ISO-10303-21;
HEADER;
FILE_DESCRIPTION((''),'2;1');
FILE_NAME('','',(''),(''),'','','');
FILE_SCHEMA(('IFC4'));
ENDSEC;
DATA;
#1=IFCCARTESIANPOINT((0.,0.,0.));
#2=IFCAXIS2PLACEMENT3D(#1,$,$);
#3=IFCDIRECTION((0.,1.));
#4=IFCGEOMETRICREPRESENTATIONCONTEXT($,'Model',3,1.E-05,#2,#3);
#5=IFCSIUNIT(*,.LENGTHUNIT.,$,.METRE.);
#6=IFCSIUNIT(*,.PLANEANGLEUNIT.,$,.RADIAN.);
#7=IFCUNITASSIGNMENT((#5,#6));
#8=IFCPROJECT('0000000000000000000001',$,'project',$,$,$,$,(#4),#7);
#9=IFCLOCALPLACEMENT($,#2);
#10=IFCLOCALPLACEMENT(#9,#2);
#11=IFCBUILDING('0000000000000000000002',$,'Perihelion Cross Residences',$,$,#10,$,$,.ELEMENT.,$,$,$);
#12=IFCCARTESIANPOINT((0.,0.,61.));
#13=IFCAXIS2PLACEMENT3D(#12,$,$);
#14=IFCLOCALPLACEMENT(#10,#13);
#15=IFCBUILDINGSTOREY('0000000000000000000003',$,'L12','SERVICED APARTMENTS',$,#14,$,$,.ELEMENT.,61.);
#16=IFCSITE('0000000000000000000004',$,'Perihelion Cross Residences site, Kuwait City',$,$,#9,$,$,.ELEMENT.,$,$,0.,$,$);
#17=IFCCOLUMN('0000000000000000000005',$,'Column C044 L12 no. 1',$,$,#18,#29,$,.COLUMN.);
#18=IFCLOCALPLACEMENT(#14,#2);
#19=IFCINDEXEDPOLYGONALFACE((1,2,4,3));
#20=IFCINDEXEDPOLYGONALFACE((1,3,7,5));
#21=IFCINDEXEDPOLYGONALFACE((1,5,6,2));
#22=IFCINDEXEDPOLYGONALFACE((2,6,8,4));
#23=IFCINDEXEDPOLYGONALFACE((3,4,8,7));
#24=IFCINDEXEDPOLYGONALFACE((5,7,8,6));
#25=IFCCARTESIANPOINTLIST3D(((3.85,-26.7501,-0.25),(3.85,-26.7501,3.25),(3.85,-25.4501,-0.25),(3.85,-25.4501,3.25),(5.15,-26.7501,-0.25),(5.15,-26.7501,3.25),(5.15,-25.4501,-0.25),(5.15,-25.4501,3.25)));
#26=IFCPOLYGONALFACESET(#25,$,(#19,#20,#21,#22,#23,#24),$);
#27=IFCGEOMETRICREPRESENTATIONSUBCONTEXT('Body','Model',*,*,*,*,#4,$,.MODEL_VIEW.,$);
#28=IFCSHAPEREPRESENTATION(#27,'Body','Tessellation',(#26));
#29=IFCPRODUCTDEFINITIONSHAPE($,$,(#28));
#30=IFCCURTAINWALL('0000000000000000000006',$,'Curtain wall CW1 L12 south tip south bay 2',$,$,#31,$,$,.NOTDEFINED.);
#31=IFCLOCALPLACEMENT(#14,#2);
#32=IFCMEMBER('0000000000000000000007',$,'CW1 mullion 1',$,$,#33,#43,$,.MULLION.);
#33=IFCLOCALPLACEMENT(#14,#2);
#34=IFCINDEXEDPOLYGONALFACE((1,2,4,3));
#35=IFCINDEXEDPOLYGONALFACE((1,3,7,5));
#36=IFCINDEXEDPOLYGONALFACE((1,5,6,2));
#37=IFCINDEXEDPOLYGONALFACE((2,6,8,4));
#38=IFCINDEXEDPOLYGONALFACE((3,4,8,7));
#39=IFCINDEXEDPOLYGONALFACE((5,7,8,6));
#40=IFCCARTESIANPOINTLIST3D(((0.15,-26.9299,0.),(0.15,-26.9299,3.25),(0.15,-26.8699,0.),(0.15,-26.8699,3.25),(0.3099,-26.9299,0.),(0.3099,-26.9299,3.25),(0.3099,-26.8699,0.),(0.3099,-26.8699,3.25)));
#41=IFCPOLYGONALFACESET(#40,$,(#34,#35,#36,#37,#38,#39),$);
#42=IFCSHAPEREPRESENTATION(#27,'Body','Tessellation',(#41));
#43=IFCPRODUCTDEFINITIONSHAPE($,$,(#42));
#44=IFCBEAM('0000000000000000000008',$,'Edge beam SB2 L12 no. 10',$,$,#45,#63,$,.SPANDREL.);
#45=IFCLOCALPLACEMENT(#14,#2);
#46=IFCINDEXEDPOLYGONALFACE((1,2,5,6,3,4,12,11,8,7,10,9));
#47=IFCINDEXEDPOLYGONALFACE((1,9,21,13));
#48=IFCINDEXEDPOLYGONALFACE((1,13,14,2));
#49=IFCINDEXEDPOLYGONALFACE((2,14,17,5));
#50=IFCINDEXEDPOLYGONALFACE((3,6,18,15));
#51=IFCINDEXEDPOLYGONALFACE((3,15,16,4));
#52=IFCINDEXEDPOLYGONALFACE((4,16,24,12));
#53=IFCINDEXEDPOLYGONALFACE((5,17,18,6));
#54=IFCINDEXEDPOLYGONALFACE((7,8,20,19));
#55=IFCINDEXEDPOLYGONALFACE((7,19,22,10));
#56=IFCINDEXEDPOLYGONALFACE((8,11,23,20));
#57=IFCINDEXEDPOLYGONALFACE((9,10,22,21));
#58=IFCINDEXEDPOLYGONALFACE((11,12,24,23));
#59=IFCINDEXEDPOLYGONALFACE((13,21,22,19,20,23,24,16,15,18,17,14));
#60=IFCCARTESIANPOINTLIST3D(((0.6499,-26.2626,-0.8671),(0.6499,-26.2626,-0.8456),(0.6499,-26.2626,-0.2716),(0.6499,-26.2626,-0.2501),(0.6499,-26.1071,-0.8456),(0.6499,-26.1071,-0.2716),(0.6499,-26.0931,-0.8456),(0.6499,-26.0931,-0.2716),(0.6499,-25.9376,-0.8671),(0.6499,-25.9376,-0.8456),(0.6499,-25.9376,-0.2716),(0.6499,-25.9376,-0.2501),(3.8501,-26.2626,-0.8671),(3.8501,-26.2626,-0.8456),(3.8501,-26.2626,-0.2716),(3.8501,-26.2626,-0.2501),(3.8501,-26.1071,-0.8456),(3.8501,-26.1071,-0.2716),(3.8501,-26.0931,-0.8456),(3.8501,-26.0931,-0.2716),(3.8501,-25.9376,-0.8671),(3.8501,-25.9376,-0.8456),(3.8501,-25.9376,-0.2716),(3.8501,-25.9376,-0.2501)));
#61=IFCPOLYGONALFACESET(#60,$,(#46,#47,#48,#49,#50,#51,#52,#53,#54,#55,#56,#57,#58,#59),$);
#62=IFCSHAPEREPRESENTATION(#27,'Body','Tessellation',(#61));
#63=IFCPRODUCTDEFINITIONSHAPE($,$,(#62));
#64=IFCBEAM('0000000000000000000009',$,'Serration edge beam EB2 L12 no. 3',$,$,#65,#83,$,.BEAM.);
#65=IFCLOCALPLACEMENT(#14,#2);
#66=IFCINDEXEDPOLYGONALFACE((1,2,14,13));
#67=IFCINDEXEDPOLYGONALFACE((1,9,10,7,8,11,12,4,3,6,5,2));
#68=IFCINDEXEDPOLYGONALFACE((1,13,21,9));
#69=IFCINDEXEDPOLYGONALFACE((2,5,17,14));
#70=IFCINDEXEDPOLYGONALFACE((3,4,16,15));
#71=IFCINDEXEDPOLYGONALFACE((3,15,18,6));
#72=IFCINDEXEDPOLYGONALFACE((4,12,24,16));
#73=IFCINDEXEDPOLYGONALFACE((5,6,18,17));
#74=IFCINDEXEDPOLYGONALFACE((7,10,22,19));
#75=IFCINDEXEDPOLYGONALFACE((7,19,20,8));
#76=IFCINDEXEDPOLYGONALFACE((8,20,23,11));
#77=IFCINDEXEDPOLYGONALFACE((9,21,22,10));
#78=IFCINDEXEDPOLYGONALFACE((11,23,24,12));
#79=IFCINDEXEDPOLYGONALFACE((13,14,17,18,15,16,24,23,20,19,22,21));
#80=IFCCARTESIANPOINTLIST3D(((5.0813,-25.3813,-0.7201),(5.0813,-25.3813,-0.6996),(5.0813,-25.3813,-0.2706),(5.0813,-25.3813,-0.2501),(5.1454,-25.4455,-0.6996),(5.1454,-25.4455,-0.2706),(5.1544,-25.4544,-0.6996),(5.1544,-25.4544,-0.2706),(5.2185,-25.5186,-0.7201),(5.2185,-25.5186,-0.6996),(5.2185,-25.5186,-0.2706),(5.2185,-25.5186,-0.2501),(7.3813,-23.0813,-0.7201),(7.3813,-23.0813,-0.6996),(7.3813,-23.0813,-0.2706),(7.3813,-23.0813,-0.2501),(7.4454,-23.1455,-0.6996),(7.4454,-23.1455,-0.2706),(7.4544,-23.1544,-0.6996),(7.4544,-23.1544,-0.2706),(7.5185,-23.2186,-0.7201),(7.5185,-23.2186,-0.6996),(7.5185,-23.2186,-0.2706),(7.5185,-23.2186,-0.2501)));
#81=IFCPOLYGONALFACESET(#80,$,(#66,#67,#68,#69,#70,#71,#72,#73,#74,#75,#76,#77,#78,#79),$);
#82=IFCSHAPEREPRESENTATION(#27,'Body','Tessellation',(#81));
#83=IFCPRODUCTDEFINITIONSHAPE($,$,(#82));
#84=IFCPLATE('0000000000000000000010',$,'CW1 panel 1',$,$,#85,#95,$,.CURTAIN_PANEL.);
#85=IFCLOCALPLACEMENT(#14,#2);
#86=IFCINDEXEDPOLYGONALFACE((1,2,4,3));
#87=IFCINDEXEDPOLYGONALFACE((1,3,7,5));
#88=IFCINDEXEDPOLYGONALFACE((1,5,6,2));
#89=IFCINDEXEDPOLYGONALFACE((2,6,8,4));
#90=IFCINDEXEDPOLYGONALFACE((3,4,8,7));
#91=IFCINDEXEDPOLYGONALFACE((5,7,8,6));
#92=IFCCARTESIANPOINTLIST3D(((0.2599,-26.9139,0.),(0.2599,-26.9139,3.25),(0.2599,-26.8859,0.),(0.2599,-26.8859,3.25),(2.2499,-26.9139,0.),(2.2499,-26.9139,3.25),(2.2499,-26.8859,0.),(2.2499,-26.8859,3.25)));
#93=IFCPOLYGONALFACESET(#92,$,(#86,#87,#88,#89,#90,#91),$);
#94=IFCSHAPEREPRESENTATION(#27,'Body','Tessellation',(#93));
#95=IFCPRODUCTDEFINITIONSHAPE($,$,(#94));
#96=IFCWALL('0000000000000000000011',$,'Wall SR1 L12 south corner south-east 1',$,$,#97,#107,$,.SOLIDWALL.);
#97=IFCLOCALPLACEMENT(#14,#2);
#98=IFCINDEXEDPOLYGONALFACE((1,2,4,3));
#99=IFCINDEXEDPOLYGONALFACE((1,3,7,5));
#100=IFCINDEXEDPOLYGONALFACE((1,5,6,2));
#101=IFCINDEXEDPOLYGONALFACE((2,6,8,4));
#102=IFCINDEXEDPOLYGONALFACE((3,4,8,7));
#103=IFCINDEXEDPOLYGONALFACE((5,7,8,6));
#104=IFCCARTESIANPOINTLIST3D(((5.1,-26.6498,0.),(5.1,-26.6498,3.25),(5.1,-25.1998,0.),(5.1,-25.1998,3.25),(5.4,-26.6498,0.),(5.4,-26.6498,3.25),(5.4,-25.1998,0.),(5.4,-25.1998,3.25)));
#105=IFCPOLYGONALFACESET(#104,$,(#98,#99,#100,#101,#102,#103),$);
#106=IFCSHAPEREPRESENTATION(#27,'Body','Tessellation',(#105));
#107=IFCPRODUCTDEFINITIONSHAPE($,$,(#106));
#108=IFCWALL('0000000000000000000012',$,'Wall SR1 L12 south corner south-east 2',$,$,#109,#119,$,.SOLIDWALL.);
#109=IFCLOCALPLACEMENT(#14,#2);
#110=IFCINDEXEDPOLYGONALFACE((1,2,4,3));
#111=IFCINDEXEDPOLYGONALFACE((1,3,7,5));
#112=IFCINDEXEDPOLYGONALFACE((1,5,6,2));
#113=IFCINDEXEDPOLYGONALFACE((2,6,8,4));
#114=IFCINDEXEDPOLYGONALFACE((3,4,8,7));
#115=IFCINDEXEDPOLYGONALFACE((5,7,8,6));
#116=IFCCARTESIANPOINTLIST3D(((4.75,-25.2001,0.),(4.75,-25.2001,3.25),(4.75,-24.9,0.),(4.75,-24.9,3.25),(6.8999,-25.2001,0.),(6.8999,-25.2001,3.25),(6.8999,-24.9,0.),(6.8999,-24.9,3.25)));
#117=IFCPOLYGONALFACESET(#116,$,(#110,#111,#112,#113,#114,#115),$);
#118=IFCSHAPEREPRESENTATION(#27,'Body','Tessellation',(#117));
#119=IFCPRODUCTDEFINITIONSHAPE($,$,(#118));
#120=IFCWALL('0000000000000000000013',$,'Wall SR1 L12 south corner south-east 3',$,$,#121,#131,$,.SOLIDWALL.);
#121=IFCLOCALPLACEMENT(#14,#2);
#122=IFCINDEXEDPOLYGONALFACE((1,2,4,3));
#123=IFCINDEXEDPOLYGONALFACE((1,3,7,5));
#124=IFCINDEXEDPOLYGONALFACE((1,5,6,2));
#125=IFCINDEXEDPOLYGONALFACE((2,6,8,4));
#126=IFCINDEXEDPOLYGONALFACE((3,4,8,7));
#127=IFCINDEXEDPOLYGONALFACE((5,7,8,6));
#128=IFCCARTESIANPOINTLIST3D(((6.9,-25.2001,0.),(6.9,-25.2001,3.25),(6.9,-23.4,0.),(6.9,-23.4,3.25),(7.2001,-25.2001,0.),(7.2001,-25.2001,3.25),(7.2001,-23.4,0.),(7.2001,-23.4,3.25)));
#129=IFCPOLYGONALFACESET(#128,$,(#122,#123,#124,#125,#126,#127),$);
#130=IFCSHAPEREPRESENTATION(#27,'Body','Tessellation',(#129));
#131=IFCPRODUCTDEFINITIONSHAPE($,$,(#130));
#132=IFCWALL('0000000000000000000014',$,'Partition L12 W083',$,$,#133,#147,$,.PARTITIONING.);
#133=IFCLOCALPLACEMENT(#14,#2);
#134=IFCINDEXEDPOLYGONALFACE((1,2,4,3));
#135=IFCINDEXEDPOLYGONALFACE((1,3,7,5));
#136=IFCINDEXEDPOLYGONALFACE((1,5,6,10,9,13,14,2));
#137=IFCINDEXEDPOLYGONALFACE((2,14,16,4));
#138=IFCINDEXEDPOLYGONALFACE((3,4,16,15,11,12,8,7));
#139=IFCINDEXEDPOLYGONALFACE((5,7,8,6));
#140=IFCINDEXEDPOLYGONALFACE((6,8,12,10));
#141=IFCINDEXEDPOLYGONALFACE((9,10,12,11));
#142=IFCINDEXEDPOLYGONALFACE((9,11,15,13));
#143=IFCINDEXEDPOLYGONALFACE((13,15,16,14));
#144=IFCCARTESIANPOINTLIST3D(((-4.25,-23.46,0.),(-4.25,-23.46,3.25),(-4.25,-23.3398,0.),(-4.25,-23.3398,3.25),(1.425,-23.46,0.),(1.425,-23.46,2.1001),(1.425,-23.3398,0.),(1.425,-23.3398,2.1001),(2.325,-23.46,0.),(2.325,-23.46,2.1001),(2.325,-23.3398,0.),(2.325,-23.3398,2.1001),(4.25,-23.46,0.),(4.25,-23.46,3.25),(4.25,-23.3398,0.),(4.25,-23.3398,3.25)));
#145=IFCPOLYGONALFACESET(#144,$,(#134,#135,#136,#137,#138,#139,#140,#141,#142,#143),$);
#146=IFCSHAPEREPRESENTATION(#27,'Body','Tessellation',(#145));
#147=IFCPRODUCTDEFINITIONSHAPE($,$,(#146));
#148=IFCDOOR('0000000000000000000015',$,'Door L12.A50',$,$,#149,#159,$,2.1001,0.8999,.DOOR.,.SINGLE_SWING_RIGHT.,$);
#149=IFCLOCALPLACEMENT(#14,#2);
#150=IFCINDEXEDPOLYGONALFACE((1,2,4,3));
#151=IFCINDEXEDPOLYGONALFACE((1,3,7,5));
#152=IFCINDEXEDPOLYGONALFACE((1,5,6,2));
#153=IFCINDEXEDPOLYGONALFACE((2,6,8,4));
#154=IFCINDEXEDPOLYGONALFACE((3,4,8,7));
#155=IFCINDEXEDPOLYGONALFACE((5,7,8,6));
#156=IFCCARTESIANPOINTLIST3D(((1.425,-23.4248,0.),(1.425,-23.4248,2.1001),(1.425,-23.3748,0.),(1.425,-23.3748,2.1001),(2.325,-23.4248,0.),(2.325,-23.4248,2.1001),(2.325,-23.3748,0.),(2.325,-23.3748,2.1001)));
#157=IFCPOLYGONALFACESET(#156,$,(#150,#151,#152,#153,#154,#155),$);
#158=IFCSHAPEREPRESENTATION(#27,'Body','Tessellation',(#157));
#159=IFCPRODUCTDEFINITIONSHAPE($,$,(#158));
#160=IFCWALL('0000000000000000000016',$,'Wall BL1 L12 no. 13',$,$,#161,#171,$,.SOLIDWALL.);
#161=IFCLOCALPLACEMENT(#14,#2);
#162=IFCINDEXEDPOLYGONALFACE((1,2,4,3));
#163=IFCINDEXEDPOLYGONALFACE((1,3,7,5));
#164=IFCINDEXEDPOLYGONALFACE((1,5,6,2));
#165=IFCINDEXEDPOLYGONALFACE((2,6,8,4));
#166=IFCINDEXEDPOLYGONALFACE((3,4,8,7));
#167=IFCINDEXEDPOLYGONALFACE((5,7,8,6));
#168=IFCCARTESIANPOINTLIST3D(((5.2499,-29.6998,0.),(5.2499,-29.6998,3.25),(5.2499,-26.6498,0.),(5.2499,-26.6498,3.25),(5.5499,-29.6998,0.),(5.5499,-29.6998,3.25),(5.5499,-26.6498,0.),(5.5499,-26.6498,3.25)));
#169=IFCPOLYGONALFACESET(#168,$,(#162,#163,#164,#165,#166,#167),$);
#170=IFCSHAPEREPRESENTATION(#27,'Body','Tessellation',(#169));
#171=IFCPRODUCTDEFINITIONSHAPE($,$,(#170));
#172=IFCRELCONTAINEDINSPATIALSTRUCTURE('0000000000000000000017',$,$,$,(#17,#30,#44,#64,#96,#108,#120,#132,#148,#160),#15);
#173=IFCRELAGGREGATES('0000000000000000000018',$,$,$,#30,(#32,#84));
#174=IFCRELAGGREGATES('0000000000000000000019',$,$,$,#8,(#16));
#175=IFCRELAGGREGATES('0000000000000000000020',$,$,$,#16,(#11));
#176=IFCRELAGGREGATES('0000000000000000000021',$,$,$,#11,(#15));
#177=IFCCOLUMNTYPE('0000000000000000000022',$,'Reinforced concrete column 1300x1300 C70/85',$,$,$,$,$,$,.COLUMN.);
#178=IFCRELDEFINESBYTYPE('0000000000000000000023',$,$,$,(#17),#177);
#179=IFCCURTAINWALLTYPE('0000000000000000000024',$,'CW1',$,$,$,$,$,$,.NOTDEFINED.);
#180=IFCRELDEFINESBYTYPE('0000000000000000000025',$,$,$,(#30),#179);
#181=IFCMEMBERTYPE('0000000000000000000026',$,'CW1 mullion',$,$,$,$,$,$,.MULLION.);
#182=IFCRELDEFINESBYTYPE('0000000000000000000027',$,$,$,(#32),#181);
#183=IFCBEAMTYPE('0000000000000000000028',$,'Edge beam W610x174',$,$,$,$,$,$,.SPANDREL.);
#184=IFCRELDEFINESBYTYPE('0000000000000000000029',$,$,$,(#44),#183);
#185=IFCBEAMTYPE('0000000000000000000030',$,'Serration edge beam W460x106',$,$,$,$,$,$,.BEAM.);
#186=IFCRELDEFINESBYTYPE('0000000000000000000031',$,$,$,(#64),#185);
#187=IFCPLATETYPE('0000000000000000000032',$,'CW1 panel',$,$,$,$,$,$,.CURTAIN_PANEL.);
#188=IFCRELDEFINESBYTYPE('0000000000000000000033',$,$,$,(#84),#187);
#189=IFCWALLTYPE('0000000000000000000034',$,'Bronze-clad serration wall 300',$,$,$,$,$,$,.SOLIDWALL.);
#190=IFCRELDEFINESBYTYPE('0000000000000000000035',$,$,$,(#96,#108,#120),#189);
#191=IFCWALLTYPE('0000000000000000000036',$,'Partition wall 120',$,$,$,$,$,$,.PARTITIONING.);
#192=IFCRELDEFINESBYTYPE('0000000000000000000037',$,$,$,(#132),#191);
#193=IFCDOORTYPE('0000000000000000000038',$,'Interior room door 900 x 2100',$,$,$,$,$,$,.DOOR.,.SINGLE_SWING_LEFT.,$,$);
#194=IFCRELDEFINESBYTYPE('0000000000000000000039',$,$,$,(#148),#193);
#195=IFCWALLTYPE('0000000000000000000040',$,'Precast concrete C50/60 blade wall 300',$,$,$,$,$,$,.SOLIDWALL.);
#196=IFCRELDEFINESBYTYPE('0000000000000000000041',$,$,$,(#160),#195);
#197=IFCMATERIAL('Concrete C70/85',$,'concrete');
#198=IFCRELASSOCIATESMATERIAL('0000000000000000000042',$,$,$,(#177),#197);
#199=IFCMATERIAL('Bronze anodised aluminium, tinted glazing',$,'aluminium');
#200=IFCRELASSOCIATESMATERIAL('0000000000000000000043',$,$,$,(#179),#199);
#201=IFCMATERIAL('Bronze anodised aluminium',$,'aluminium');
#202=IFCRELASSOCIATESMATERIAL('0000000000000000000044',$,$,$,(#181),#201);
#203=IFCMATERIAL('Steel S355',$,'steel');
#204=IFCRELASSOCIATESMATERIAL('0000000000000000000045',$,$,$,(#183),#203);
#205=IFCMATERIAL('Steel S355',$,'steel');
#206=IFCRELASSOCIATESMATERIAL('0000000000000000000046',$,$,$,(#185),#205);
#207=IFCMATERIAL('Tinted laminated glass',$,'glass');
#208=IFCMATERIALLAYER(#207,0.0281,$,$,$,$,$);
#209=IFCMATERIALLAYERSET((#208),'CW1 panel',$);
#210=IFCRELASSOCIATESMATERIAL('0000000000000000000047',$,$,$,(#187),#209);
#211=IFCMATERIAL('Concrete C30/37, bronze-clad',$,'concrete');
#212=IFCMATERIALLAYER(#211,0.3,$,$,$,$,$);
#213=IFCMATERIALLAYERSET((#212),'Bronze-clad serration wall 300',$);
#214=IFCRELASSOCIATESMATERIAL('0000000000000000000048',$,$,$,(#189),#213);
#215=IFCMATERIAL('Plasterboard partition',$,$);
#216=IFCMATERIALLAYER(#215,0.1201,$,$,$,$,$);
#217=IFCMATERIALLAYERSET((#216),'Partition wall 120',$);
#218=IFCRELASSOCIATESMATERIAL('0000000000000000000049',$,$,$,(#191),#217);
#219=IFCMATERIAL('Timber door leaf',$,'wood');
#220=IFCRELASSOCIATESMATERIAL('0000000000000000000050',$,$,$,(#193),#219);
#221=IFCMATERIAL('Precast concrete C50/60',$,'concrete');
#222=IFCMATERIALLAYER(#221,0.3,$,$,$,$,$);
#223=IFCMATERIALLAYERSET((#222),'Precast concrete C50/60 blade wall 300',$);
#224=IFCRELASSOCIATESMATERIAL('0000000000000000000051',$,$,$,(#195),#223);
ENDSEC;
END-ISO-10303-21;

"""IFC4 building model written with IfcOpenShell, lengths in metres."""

from ifc_helpers import new_model, si_unit, direction, frame, frame_2d, origin, origin_2d, place, context, subcontext, project, spatial, rectangle, i_section, extrude, material, layer, layer_set, material_profile, profile_set, type_object, element, fill, aggregate, save


model = new_model("IFC4")

# Units and contexts
model_context = context("Model", 3, precision=1e-05, world=origin(), true_north=direction((0.0, 1.0)))
body_context = subcontext(model_context, "Body", "Model", "MODEL_VIEW")
ifc_project = project(units=[si_unit("LENGTHUNIT", "METRE"), si_unit("PLANEANGLEUNIT", "RADIAN")], contexts=[model_context])

# Site, building, storey
site_placement = place(None, origin())
site = spatial("IfcSite", under=ifc_project, at=site_placement, Name="Perihelion Cross Residences site, Kuwait City", CompositionType="ELEMENT", RefElevation=0.0)
building_placement = place(site_placement, origin())
building = spatial("IfcBuilding", under=site, at=building_placement, Name="Perihelion Cross Residences", CompositionType="ELEMENT")
storey_placement = place(building_placement, frame((0.0, 0.0, 61.0)))
storey = spatial("IfcBuildingStorey", under=building, at=storey_placement, Name="L12", Description="SERVICED APARTMENTS", CompositionType="ELEMENT", Elevation=61.0)

# Column
ifc_material_1 = material(Name="Concrete C70/85", Category="concrete")
ifc_material_profile_1 = material_profile(ifc_material_1, rectangle(XDim=1.3, YDim=1.3, at=origin_2d()), Name="RC 1300x1300")
ifc_profile_set_1 = profile_set([ifc_material_profile_1], Name="Concrete C70/85")
column_type = type_object("IfcColumnType", Name="Reinforced concrete column 1300x1300 C70/85", PredefinedType="COLUMN", material=ifc_profile_set_1)
column_placement = place(storey_placement, frame((4.5, -26.1001, -0.25), z_axis=(0.0, 0.0, 1.0), x_axis=(1.0, 0.0, 0.0)))
element("IfcColumn", 1, at=column_placement, inside=storey, type_object=column_type, Name="Column C044 L12 no. 1", PredefinedType="COLUMN", context=body_context, shape_type="SweptSolid", body=[
    extrude(rectangle(XDim=1.3, YDim=1.3, at=origin_2d()), origin(), (0.0, 0.0, 1.0), 3.5),
])

# Curtain wall, member
ifc_material_2 = material(Name="Bronze anodised aluminium, tinted glazing", Category="aluminium")
curtain_wall_type = type_object("IfcCurtainWallType", Name="CW1", PredefinedType="NOTDEFINED", material=ifc_material_2)
curtain_wall_placement = place(storey_placement, origin())
curtain_wall = element("IfcCurtainWall", 2, at=curtain_wall_placement, inside=storey, type_object=curtain_wall_type, Name="Curtain wall CW1 L12 south tip south bay 2", PredefinedType="NOTDEFINED")
ifc_material_3 = material(Name="Bronze anodised aluminium", Category="aluminium")
ifc_material_profile_2 = material_profile(ifc_material_3, rectangle(XDim=0.0601, YDim=0.1599, at=origin_2d()), Name="CW1 mullion")
ifc_profile_set_2 = profile_set([ifc_material_profile_2], Name="Bronze anodised aluminium")
member_type = type_object("IfcMemberType", Name="CW1 mullion", PredefinedType="MULLION", material=ifc_profile_set_2)
member_placement = place(storey_placement, frame((0.23, -26.8999, 0.0), z_axis=(0.0, 0.0, 1.0), x_axis=(0.0, 1.0, 0.0)))
member = element("IfcMember", 3, at=member_placement, type_object=member_type, Name="CW1 mullion 1", PredefinedType="MULLION", context=body_context, shape_type="SweptSolid", body=[
    extrude(rectangle(XDim=0.0601, YDim=0.1599, at=origin_2d()), origin(), (0.0, 0.0, 1.0), 3.25),
])

# Beams
ifc_material_4 = material(Name="Steel S355", Category="steel")
ifc_material_profile_3 = material_profile(ifc_material_4, i_section(OverallWidth=0.325, OverallDepth=0.6169, WebThickness=0.0139, FlangeThickness=0.0215, at=origin_2d()), Name="W610x174")
ifc_profile_set_3 = profile_set([ifc_material_profile_3], Name="Steel S355")
beam_type_1 = type_object("IfcBeamType", Name="Edge beam W610x174", PredefinedType="SPANDREL", material=ifc_profile_set_3)
beam_1_placement = place(storey_placement, frame((0.6499, -26.1001, -0.5586), z_axis=(1.0, 0.0, 0.0), x_axis=(0.0, 1.0, 0.0)))
element("IfcBeam", 4, at=beam_1_placement, inside=storey, type_object=beam_type_1, Name="Edge beam SB2 L12 no. 10", PredefinedType="SPANDREL", context=body_context, shape_type="SweptSolid", body=[
    extrude(i_section(OverallWidth=0.325, OverallDepth=0.6169, WebThickness=0.0139, FlangeThickness=0.0215, at=origin_2d()), origin(), (0.0, 0.0, 1.0), 3.2002),
])
ifc_material_5 = material(Name="Steel S355", Category="steel")
ifc_material_profile_4 = material_profile(ifc_material_5, i_section(OverallWidth=0.1941, OverallDepth=0.47, WebThickness=0.0127, FlangeThickness=0.0205, at=origin_2d()), Name="W460x106")
ifc_profile_set_4 = profile_set([ifc_material_profile_4], Name="Steel S355")
beam_type_2 = type_object("IfcBeamType", Name="Serration edge beam W460x106", PredefinedType="BEAM", material=ifc_profile_set_4)
beam_2_placement = place(storey_placement, frame((5.1499, -25.45, -0.4851), z_axis=(0.707107, 0.707107, 0.0), x_axis=(-0.707107, 0.707107, 0.0)))
element("IfcBeam", 5, at=beam_2_placement, inside=storey, type_object=beam_type_2, Name="Serration edge beam EB2 L12 no. 3", PredefinedType="BEAM", context=body_context, shape_type="SweptSolid", body=[
    extrude(i_section(OverallWidth=0.1941, OverallDepth=0.47, WebThickness=0.0127, FlangeThickness=0.0205, at=origin_2d()), origin(), (0.0, 0.0, 1.0), 3.2527),
])

# Plate
ifc_material_6 = material(Name="Tinted laminated glass", Category="glass")
ifc_layer_1 = layer(ifc_material_6, 0.0281)
ifc_layer_set_1 = layer_set([ifc_layer_1], Name="CW1 panel")
plate_type = type_object("IfcPlateType", Name="CW1 panel", PredefinedType="CURTAIN_PANEL", material=ifc_layer_set_1)
plate_placement = place(storey_placement, frame((1.2549, -26.8999, 0.0), z_axis=(0.0, 0.0, 1.0), x_axis=(1.0, 0.0, 0.0)))
plate = element("IfcPlate", 6, at=plate_placement, type_object=plate_type, Name="CW1 panel 1", PredefinedType="CURTAIN_PANEL", context=body_context, shape_type="SweptSolid", body=[
    extrude(rectangle(XDim=1.99, YDim=0.0281, at=origin_2d()), origin(), (0.0, 0.0, 1.0), 3.25),
])
aggregate(curtain_wall, [member, plate])

# Walls
ifc_material_7 = material(Name="Concrete C30/37, bronze-clad", Category="concrete")
ifc_layer_2 = layer(ifc_material_7, 0.3)
ifc_layer_set_2 = layer_set([ifc_layer_2], Name="Bronze-clad serration wall 300")
wall_type_1 = type_object("IfcWallType", Name="Bronze-clad serration wall 300", PredefinedType="SOLIDWALL", material=ifc_layer_set_2)
wall_1_placement = place(storey_placement, frame((5.25, -26.6499, 0.0), z_axis=(0.0, 0.0, 1.0), x_axis=(0.0, 1.0, 0.0)))
element("IfcWall", 7, at=wall_1_placement, inside=storey, type_object=wall_type_1, Name="Wall SR1 L12 south corner south-east 1", PredefinedType="SOLIDWALL", context=body_context, shape_type="SweptSolid", body=[
    extrude(rectangle(XDim=1.45, YDim=0.3, at=frame_2d((0.7251, 0.0))), origin(), (0.0, 0.0, 1.0), 3.25),
])
wall_2_placement = place(storey_placement, frame((4.75, -25.05, 0.0), z_axis=(0.0, 0.0, 1.0), x_axis=(1.0, 0.0, 0.0)))
element("IfcWall", 8, at=wall_2_placement, inside=storey, type_object=wall_type_1, Name="Wall SR1 L12 south corner south-east 2", PredefinedType="SOLIDWALL", context=body_context, shape_type="SweptSolid", body=[
    extrude(rectangle(XDim=2.1499, YDim=0.3, at=frame_2d((1.075, 0.0))), origin(), (0.0, 0.0, 1.0), 3.25),
])
wall_3_placement = place(storey_placement, frame((7.05, -25.2, 0.0), z_axis=(0.0, 0.0, 1.0), x_axis=(0.0, 1.0, 0.0)))
element("IfcWall", 9, at=wall_3_placement, inside=storey, type_object=wall_type_1, Name="Wall SR1 L12 south corner south-east 3", PredefinedType="SOLIDWALL", context=body_context, shape_type="SweptSolid", body=[
    extrude(rectangle(XDim=1.8, YDim=0.3, at=frame_2d((0.8999, 0.0))), origin(), (0.0, 0.0, 1.0), 3.25),
])

# Wall, opening, door
ifc_material_8 = material(Name="Plasterboard partition")
ifc_layer_3 = layer(ifc_material_8, 0.1201)
ifc_layer_set_3 = layer_set([ifc_layer_3], Name="Partition wall 120")
wall_type_2 = type_object("IfcWallType", Name="Partition wall 120", PredefinedType="PARTITIONING", material=ifc_layer_set_3)
wall_4_placement = place(storey_placement, frame((4.25, -23.3999, 0.0), z_axis=(0.0, 0.0, 1.0), x_axis=(-1.0, 0.0, 0.0)))
wall_4 = element("IfcWall", 10, at=wall_4_placement, inside=storey, type_object=wall_type_2, Name="Partition L12 W083", PredefinedType="PARTITIONING", context=body_context, shape_type="SweptSolid", body=[
    extrude(rectangle(XDim=8.5, YDim=0.1201, at=frame_2d((4.25, 0.0))), origin(), (0.0, 0.0, 1.0), 3.25),
])
opening_1_placement = place(wall_4_placement, frame((1.925, 0.0, 0.0)))
opening_1 = element("IfcOpeningElement", 11, at=opening_1_placement, cuts=wall_4, PredefinedType="OPENING", context=body_context, shape_type="SweptSolid", body=[
    extrude(rectangle(XDim=0.8999, YDim=2.1001, at=frame_2d((0.45, 1.05))), frame((0.0, 0.0701, 0.0), z_axis=(0.0, -1.0, 0.0), x_axis=(1.0, 0.0, 0.0)), (0.0, 0.0, 1.0), 0.1401),
])
ifc_material_9 = material(Name="Timber door leaf", Category="wood")
door_type_1 = type_object("IfcDoorType", Name="Interior room door 900 x 2100", OperationType="SINGLE_SWING_LEFT", PredefinedType="DOOR", material=ifc_material_9)
door_1_placement = place(opening_1_placement, origin())
door_1 = element("IfcDoor", 12, at=door_1_placement, inside=storey, type_object=door_type_1, Name="Door L12.A50", OperationType="SINGLE_SWING_RIGHT", OverallHeight=2.1001, OverallWidth=0.8999, PredefinedType="DOOR", context=body_context, shape_type="SweptSolid", body=[
    extrude(rectangle(XDim=0.8999, YDim=2.1001, at=frame_2d((0.45, 1.05))), frame((0.0, 0.0249, 0.0), z_axis=(0.0, -1.0, 0.0), x_axis=(1.0, 0.0, 0.0)), (0.0, 0.0, 1.0), 0.05),
])
fill(opening_1, door_1)

# Wall
ifc_material_10 = material(Name="Precast concrete C50/60", Category="concrete")
ifc_layer_4 = layer(ifc_material_10, 0.3)
ifc_layer_set_4 = layer_set([ifc_layer_4], Name="Precast concrete C50/60 blade wall 300")
wall_type_3 = type_object("IfcWallType", Name="Precast concrete C50/60 blade wall 300", PredefinedType="SOLIDWALL", material=ifc_layer_set_4)
wall_5_placement = place(storey_placement, frame((5.3999, -26.6499, 0.0), z_axis=(0.0, 0.0, 1.0), x_axis=(0.0, -1.0, 0.0)))
element("IfcWall", 13, at=wall_5_placement, inside=storey, type_object=wall_type_3, Name="Wall BL1 L12 no. 13", PredefinedType="SOLIDWALL", context=body_context, shape_type="SweptSolid", body=[
    extrude(rectangle(XDim=3.05, YDim=0.3, at=frame_2d((1.5249, 0.0))), origin(), (0.0, 0.0, 1.0), 3.25),
])

save(model, "model.ifc")
